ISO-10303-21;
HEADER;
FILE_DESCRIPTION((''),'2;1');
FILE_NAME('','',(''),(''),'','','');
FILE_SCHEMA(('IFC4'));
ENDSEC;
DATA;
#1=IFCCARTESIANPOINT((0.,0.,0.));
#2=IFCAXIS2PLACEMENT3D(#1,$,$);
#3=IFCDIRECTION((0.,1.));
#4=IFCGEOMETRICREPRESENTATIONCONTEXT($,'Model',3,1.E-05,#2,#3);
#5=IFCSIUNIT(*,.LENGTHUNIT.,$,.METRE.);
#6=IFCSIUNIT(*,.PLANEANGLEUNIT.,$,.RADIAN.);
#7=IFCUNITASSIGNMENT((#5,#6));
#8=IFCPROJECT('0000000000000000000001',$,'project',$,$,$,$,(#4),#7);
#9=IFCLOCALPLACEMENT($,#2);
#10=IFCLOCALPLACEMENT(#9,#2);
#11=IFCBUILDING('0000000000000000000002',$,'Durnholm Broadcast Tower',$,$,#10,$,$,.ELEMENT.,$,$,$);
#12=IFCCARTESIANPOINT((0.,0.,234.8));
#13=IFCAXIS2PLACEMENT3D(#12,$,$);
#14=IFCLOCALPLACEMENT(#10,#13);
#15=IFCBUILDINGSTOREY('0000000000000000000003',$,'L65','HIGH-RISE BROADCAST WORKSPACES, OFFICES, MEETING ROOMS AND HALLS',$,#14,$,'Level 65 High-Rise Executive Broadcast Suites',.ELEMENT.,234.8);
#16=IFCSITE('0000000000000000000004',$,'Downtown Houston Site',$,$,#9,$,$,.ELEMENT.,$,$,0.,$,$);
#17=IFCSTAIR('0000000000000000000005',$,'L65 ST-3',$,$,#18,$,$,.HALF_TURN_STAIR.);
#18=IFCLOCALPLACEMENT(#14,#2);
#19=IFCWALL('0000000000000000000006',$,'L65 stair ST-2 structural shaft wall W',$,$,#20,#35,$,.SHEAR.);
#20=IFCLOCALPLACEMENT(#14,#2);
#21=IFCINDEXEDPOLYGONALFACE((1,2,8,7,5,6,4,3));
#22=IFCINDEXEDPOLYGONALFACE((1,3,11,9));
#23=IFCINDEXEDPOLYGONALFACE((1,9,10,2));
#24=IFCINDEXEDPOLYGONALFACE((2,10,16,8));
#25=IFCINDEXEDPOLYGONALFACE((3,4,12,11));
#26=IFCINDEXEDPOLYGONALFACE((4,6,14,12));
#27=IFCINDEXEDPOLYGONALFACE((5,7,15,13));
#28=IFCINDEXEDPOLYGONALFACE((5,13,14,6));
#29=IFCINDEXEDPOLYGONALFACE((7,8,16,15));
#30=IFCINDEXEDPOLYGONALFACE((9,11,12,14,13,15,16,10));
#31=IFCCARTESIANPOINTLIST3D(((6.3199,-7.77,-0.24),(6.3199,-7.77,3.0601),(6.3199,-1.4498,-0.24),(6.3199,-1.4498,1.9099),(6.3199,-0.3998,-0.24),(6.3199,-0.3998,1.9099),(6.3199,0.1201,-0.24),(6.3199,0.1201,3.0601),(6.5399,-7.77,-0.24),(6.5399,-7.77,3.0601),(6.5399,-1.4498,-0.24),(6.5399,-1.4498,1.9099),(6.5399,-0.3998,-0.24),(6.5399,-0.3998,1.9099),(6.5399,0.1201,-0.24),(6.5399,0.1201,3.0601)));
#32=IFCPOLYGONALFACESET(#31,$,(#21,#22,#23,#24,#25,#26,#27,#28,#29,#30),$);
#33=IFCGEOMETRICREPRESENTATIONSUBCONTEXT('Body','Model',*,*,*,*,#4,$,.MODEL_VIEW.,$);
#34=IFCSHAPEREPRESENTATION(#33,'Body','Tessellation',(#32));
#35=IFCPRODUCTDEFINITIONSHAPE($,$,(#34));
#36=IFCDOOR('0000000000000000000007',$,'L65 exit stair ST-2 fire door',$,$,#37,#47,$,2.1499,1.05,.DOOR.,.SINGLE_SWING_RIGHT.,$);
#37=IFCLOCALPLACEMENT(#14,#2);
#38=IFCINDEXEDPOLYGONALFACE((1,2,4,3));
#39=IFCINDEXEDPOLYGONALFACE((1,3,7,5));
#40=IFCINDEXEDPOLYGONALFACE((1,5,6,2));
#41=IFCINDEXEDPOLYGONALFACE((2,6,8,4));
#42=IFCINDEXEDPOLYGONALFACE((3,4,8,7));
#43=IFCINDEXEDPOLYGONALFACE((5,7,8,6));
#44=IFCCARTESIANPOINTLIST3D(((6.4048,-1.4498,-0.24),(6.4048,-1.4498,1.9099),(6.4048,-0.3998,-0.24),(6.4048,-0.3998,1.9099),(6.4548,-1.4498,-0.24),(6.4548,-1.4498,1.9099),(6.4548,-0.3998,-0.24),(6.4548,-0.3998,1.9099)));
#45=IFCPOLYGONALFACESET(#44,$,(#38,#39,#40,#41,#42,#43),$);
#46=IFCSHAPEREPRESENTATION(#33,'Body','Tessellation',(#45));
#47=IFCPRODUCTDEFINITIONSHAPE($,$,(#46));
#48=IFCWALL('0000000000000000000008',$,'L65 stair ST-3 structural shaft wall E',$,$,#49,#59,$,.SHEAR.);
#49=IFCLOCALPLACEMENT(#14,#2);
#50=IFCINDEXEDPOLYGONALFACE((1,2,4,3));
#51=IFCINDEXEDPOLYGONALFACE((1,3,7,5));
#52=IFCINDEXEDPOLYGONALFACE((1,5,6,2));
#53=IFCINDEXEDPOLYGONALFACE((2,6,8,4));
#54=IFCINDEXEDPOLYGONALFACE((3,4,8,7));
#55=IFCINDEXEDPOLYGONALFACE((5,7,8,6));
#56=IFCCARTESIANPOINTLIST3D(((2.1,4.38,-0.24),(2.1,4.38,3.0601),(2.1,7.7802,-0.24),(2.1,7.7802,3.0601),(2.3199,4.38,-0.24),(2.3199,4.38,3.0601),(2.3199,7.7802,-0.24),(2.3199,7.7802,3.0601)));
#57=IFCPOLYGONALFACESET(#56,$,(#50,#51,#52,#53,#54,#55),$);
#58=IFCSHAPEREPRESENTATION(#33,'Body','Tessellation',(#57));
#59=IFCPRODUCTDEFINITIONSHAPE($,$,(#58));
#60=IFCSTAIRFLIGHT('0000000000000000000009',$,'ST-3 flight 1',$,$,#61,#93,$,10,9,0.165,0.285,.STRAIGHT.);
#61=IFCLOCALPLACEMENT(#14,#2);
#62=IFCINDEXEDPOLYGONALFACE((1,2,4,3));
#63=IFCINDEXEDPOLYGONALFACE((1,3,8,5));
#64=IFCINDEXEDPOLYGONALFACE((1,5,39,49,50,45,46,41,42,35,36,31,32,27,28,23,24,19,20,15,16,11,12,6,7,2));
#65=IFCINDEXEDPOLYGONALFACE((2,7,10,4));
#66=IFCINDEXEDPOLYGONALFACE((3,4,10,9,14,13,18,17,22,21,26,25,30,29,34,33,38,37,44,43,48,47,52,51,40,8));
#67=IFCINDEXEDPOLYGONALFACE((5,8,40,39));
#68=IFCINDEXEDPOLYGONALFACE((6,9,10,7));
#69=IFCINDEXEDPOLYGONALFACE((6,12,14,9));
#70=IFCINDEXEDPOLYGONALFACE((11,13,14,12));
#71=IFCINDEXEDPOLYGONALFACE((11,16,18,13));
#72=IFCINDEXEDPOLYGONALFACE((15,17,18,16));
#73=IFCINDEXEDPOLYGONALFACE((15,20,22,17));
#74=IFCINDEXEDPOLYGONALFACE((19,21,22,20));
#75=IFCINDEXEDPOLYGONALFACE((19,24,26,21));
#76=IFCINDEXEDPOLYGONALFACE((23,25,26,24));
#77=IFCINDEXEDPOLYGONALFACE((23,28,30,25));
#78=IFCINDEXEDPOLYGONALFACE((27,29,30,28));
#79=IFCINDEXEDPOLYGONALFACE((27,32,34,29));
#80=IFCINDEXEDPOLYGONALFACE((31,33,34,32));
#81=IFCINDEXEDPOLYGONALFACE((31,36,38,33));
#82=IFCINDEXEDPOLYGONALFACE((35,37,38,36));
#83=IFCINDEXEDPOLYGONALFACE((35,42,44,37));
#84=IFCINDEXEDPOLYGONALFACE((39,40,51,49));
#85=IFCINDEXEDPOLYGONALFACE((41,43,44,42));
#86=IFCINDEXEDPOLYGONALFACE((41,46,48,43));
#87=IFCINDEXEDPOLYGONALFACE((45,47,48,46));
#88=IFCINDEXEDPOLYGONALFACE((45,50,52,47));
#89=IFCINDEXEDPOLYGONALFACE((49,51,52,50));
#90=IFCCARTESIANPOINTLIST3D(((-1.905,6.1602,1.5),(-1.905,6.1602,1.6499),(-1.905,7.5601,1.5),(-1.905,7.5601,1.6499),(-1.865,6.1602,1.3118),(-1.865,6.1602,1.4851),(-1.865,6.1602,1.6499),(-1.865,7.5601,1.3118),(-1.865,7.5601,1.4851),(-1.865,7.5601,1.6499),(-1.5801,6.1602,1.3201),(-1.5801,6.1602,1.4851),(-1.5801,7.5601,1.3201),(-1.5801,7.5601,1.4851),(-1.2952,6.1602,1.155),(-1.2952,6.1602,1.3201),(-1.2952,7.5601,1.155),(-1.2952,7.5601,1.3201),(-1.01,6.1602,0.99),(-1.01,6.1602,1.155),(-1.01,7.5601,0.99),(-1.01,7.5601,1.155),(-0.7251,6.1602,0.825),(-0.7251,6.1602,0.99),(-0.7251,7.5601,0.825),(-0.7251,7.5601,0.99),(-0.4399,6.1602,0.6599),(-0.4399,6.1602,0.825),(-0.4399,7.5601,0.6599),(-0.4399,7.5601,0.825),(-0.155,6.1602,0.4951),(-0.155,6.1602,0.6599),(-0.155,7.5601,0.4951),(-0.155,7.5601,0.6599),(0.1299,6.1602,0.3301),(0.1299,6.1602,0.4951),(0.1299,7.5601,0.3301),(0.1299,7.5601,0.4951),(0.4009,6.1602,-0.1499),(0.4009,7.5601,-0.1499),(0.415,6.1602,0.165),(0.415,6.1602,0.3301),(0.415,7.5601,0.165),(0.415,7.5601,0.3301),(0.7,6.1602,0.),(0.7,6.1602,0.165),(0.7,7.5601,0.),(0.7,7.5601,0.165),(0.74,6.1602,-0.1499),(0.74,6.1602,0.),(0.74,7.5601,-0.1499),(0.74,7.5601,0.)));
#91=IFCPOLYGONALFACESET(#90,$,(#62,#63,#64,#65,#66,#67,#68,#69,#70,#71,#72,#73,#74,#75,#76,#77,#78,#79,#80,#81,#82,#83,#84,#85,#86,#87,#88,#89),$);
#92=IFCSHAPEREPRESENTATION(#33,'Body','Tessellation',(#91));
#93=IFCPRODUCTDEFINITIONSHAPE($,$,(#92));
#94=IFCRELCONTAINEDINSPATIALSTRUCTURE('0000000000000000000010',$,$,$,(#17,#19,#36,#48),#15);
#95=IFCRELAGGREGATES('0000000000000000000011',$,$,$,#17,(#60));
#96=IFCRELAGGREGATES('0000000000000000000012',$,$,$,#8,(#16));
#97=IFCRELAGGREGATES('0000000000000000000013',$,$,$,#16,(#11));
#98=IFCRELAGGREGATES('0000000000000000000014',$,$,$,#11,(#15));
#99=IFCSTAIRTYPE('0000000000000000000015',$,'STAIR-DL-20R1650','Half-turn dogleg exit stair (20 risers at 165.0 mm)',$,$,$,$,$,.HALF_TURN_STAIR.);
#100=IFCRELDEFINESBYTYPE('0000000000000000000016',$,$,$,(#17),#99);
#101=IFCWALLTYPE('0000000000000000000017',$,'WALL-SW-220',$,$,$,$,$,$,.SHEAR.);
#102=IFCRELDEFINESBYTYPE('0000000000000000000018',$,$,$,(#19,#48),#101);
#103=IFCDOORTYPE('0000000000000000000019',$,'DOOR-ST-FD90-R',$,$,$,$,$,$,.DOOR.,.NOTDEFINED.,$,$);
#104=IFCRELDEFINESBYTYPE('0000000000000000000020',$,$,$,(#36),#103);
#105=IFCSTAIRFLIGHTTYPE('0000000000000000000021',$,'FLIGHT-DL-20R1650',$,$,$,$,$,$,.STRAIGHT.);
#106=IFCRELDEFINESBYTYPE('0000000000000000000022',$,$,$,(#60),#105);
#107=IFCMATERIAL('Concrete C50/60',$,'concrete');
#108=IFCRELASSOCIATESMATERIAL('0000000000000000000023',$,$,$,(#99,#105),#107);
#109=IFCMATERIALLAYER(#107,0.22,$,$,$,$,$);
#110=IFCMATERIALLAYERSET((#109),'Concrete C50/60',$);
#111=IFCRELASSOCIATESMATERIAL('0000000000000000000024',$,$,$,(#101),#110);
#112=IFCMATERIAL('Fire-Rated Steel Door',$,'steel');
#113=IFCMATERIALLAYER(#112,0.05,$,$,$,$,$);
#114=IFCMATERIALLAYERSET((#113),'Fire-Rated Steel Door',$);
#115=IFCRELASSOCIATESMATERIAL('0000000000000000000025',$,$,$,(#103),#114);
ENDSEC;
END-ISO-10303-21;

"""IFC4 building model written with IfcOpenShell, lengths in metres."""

from ifc_helpers import new_model, si_unit, direction, frame, frame_2d, origin, place, context, subcontext, project, spatial, polyline, rectangle, outline, extrude, source, transform, mapped, material, layer, layer_set, type_object, type_shapes, element, fill, aggregate, save


model = new_model("IFC4")

# Units and contexts
model_context = context("Model", 3, precision=1e-05, world=origin(), true_north=direction((0.0, 1.0)))
body_context = subcontext(model_context, "Body", "Model", "MODEL_VIEW")
ifc_project = project(units=[si_unit("LENGTHUNIT", "METRE"), si_unit("PLANEANGLEUNIT", "RADIAN")], contexts=[model_context])

# Site, building, storey
site_placement = place(None, origin())
site = spatial("IfcSite", under=ifc_project, at=site_placement, Name="Downtown Houston Site", CompositionType="ELEMENT", RefElevation=0.0)
building_placement = place(site_placement, origin())
building = spatial("IfcBuilding", under=site, at=building_placement, Name="Durnholm Broadcast Tower", CompositionType="ELEMENT")
storey_placement = place(building_placement, frame((0.0, 0.0, 234.8)))
storey = spatial("IfcBuildingStorey", under=building, at=storey_placement, Name="L65", Description="HIGH-RISE BROADCAST WORKSPACES, OFFICES, MEETING ROOMS AND HALLS", LongName="Level 65 High-Rise Executive Broadcast Suites", CompositionType="ELEMENT", Elevation=234.8)

# Shared definitions
ifc_material_1 = material(Name="Concrete C50/60", Category="concrete")

# Stair
stair_type = type_object("IfcStairType", Name="STAIR-DL-20R1650", Description="Half-turn dogleg exit stair (20 risers at 165.0 mm)", PredefinedType="HALF_TURN_STAIR", material=ifc_material_1)
stair_1_placement = place(storey_placement, origin())
stair_1 = element("IfcStair", 1, at=stair_1_placement, inside=storey, type_object=stair_type, Name="L65 ST-3", PredefinedType="HALF_TURN_STAIR")

# Wall, opening, door
ifc_layer_1 = layer(ifc_material_1, 0.22)
ifc_layer_set_1 = layer_set([ifc_layer_1], Name="Concrete C50/60")
wall_type_1 = type_object("IfcWallType", Name="WALL-SW-220", PredefinedType="SHEAR", material=ifc_layer_set_1)
wall_1_placement = place(storey_placement, frame((6.4299, 0.1201, -0.24), z_axis=(0.0, 0.0, 1.0), x_axis=(0.0, -1.0, 0.0)))
wall_1 = element("IfcWall", 2, at=wall_1_placement, inside=storey, type_object=wall_type_1, Name="L65 stair ST-2 structural shaft wall W", PredefinedType="SHEAR", context=body_context, shape_type="SweptSolid", body=[
    extrude(rectangle(XDim=7.8901, YDim=0.22, at=frame_2d((3.9451, 0.0))), origin(), (0.0, 0.0, 1.0), 3.3),
])
opening_1_placement = place(wall_1_placement, frame((0.52, 0.0, 0.0)))
opening_1 = element("IfcOpeningElement", 3, at=opening_1_placement, cuts=wall_1, PredefinedType="OPENING", context=body_context, shape_type="SweptSolid", body=[
    extrude(rectangle(XDim=1.05, YDim=2.1499, at=frame_2d((0.5249, 1.075))), frame((0.0, 0.1201, 0.0), z_axis=(0.0, -1.0, 0.0), x_axis=(1.0, 0.0, 0.0)), (0.0, 0.0, 1.0), 0.24),
])
ifc_material_2 = material(Name="Fire-Rated Steel Door", Category="steel")
ifc_layer_2 = layer(ifc_material_2, 0.05)
ifc_layer_set_2 = layer_set([ifc_layer_2], Name="Fire-Rated Steel Door")
door_type_1 = type_object("IfcDoorType", Name="DOOR-ST-FD90-R", OperationType="NOTDEFINED", PredefinedType="DOOR", material=ifc_layer_set_2)
shared_shape_1 = source(origin(), body_context, "Body", "SweptSolid", [
    extrude(rectangle(XDim=1.05, YDim=2.1499, at=frame_2d((0.5249, 1.075))), frame((0.0, 0.0249, 0.0), z_axis=(0.0, -1.0, 0.0), x_axis=(1.0, 0.0, 0.0)), (0.0, 0.0, 1.0), 0.05),
])
type_shapes(door_type_1, [shared_shape_1])
door_1_placement = place(opening_1_placement, origin())
door_1 = element("IfcDoor", 4, at=door_1_placement, inside=storey, type_object=door_type_1, Name="L65 exit stair ST-2 fire door", OperationType="SINGLE_SWING_RIGHT", OverallHeight=2.1499, OverallWidth=1.05, PredefinedType="DOOR", context=body_context, shape_type="MappedRepresentation", body=[
    mapped(shared_shape_1, transform((0.0, 0.0, 0.0), x_axis=(1.0, 0.0, 0.0), y_axis=(0.0, 1.0, 0.0), z_axis=(0.0, 0.0, 1.0), scale=1.0)),
])
fill(opening_1, door_1)

# Wall
wall_2_placement = place(storey_placement, frame((2.21, 4.3799, -0.24), z_axis=(0.0, 0.0, 1.0), x_axis=(0.0, 1.0, 0.0)))
element("IfcWall", 5, at=wall_2_placement, inside=storey, type_object=wall_type_1, Name="L65 stair ST-3 structural shaft wall E", PredefinedType="SHEAR", context=body_context, shape_type="SweptSolid", body=[
    extrude(rectangle(XDim=3.4001, YDim=0.22, at=frame_2d((1.7002, 0.0))), origin(), (0.0, 0.0, 1.0), 3.3),
])

# Stair flight
stair_flight_type = type_object("IfcStairFlightType", Name="FLIGHT-DL-20R1650", PredefinedType="STRAIGHT", material=ifc_material_1)
stair_flight_placement = place(storey_placement, frame((0.7, 6.8601, 0.0), z_axis=(0.0, 0.0, 1.0), x_axis=(-1.0, 0.0, 0.0)))
stair_flight = element("IfcStairFlight", 6, at=stair_flight_placement, type_object=stair_flight_type, Name="ST-3 flight 1", NumberOfRisers=10, NumberOfTreads=9, PredefinedType="STRAIGHT", RiserHeight=0.165, TreadLength=0.285, context=body_context, shape_type="SweptSolid", body=[
    extrude(outline(polyline([(-0.04, -0.1499), (-0.04, 0.0), (0.0, 0.0), (0.0, 0.165), (0.2849, 0.165), (0.2849, 0.3301), (0.5701, 0.3301), (0.5701, 0.4951), (0.855, 0.4951), (0.855, 0.6599), (1.1399, 0.6599), (1.1399, 0.825), (1.425, 0.825), (1.425, 0.99), (1.71, 0.99), (1.71, 1.155), (1.9951, 1.155), (1.9951, 1.3201), (2.28, 1.3201), (2.28, 1.4851), (2.5649, 1.4851), (2.5649, 1.6499), (2.605, 1.6499), (2.605, 1.5), (2.5649, 1.3118), (0.2991, -0.1499), (-0.04, -0.1499)])), frame((0.0, 0.7, 0.0), z_axis=(0.0, -1.0, 0.0), x_axis=(1.0, 0.0, 0.0)), (0.0, 0.0, 1.0), 1.3999),
])
aggregate(stair_1, [stair_flight])

save(model, "model.ifc")
